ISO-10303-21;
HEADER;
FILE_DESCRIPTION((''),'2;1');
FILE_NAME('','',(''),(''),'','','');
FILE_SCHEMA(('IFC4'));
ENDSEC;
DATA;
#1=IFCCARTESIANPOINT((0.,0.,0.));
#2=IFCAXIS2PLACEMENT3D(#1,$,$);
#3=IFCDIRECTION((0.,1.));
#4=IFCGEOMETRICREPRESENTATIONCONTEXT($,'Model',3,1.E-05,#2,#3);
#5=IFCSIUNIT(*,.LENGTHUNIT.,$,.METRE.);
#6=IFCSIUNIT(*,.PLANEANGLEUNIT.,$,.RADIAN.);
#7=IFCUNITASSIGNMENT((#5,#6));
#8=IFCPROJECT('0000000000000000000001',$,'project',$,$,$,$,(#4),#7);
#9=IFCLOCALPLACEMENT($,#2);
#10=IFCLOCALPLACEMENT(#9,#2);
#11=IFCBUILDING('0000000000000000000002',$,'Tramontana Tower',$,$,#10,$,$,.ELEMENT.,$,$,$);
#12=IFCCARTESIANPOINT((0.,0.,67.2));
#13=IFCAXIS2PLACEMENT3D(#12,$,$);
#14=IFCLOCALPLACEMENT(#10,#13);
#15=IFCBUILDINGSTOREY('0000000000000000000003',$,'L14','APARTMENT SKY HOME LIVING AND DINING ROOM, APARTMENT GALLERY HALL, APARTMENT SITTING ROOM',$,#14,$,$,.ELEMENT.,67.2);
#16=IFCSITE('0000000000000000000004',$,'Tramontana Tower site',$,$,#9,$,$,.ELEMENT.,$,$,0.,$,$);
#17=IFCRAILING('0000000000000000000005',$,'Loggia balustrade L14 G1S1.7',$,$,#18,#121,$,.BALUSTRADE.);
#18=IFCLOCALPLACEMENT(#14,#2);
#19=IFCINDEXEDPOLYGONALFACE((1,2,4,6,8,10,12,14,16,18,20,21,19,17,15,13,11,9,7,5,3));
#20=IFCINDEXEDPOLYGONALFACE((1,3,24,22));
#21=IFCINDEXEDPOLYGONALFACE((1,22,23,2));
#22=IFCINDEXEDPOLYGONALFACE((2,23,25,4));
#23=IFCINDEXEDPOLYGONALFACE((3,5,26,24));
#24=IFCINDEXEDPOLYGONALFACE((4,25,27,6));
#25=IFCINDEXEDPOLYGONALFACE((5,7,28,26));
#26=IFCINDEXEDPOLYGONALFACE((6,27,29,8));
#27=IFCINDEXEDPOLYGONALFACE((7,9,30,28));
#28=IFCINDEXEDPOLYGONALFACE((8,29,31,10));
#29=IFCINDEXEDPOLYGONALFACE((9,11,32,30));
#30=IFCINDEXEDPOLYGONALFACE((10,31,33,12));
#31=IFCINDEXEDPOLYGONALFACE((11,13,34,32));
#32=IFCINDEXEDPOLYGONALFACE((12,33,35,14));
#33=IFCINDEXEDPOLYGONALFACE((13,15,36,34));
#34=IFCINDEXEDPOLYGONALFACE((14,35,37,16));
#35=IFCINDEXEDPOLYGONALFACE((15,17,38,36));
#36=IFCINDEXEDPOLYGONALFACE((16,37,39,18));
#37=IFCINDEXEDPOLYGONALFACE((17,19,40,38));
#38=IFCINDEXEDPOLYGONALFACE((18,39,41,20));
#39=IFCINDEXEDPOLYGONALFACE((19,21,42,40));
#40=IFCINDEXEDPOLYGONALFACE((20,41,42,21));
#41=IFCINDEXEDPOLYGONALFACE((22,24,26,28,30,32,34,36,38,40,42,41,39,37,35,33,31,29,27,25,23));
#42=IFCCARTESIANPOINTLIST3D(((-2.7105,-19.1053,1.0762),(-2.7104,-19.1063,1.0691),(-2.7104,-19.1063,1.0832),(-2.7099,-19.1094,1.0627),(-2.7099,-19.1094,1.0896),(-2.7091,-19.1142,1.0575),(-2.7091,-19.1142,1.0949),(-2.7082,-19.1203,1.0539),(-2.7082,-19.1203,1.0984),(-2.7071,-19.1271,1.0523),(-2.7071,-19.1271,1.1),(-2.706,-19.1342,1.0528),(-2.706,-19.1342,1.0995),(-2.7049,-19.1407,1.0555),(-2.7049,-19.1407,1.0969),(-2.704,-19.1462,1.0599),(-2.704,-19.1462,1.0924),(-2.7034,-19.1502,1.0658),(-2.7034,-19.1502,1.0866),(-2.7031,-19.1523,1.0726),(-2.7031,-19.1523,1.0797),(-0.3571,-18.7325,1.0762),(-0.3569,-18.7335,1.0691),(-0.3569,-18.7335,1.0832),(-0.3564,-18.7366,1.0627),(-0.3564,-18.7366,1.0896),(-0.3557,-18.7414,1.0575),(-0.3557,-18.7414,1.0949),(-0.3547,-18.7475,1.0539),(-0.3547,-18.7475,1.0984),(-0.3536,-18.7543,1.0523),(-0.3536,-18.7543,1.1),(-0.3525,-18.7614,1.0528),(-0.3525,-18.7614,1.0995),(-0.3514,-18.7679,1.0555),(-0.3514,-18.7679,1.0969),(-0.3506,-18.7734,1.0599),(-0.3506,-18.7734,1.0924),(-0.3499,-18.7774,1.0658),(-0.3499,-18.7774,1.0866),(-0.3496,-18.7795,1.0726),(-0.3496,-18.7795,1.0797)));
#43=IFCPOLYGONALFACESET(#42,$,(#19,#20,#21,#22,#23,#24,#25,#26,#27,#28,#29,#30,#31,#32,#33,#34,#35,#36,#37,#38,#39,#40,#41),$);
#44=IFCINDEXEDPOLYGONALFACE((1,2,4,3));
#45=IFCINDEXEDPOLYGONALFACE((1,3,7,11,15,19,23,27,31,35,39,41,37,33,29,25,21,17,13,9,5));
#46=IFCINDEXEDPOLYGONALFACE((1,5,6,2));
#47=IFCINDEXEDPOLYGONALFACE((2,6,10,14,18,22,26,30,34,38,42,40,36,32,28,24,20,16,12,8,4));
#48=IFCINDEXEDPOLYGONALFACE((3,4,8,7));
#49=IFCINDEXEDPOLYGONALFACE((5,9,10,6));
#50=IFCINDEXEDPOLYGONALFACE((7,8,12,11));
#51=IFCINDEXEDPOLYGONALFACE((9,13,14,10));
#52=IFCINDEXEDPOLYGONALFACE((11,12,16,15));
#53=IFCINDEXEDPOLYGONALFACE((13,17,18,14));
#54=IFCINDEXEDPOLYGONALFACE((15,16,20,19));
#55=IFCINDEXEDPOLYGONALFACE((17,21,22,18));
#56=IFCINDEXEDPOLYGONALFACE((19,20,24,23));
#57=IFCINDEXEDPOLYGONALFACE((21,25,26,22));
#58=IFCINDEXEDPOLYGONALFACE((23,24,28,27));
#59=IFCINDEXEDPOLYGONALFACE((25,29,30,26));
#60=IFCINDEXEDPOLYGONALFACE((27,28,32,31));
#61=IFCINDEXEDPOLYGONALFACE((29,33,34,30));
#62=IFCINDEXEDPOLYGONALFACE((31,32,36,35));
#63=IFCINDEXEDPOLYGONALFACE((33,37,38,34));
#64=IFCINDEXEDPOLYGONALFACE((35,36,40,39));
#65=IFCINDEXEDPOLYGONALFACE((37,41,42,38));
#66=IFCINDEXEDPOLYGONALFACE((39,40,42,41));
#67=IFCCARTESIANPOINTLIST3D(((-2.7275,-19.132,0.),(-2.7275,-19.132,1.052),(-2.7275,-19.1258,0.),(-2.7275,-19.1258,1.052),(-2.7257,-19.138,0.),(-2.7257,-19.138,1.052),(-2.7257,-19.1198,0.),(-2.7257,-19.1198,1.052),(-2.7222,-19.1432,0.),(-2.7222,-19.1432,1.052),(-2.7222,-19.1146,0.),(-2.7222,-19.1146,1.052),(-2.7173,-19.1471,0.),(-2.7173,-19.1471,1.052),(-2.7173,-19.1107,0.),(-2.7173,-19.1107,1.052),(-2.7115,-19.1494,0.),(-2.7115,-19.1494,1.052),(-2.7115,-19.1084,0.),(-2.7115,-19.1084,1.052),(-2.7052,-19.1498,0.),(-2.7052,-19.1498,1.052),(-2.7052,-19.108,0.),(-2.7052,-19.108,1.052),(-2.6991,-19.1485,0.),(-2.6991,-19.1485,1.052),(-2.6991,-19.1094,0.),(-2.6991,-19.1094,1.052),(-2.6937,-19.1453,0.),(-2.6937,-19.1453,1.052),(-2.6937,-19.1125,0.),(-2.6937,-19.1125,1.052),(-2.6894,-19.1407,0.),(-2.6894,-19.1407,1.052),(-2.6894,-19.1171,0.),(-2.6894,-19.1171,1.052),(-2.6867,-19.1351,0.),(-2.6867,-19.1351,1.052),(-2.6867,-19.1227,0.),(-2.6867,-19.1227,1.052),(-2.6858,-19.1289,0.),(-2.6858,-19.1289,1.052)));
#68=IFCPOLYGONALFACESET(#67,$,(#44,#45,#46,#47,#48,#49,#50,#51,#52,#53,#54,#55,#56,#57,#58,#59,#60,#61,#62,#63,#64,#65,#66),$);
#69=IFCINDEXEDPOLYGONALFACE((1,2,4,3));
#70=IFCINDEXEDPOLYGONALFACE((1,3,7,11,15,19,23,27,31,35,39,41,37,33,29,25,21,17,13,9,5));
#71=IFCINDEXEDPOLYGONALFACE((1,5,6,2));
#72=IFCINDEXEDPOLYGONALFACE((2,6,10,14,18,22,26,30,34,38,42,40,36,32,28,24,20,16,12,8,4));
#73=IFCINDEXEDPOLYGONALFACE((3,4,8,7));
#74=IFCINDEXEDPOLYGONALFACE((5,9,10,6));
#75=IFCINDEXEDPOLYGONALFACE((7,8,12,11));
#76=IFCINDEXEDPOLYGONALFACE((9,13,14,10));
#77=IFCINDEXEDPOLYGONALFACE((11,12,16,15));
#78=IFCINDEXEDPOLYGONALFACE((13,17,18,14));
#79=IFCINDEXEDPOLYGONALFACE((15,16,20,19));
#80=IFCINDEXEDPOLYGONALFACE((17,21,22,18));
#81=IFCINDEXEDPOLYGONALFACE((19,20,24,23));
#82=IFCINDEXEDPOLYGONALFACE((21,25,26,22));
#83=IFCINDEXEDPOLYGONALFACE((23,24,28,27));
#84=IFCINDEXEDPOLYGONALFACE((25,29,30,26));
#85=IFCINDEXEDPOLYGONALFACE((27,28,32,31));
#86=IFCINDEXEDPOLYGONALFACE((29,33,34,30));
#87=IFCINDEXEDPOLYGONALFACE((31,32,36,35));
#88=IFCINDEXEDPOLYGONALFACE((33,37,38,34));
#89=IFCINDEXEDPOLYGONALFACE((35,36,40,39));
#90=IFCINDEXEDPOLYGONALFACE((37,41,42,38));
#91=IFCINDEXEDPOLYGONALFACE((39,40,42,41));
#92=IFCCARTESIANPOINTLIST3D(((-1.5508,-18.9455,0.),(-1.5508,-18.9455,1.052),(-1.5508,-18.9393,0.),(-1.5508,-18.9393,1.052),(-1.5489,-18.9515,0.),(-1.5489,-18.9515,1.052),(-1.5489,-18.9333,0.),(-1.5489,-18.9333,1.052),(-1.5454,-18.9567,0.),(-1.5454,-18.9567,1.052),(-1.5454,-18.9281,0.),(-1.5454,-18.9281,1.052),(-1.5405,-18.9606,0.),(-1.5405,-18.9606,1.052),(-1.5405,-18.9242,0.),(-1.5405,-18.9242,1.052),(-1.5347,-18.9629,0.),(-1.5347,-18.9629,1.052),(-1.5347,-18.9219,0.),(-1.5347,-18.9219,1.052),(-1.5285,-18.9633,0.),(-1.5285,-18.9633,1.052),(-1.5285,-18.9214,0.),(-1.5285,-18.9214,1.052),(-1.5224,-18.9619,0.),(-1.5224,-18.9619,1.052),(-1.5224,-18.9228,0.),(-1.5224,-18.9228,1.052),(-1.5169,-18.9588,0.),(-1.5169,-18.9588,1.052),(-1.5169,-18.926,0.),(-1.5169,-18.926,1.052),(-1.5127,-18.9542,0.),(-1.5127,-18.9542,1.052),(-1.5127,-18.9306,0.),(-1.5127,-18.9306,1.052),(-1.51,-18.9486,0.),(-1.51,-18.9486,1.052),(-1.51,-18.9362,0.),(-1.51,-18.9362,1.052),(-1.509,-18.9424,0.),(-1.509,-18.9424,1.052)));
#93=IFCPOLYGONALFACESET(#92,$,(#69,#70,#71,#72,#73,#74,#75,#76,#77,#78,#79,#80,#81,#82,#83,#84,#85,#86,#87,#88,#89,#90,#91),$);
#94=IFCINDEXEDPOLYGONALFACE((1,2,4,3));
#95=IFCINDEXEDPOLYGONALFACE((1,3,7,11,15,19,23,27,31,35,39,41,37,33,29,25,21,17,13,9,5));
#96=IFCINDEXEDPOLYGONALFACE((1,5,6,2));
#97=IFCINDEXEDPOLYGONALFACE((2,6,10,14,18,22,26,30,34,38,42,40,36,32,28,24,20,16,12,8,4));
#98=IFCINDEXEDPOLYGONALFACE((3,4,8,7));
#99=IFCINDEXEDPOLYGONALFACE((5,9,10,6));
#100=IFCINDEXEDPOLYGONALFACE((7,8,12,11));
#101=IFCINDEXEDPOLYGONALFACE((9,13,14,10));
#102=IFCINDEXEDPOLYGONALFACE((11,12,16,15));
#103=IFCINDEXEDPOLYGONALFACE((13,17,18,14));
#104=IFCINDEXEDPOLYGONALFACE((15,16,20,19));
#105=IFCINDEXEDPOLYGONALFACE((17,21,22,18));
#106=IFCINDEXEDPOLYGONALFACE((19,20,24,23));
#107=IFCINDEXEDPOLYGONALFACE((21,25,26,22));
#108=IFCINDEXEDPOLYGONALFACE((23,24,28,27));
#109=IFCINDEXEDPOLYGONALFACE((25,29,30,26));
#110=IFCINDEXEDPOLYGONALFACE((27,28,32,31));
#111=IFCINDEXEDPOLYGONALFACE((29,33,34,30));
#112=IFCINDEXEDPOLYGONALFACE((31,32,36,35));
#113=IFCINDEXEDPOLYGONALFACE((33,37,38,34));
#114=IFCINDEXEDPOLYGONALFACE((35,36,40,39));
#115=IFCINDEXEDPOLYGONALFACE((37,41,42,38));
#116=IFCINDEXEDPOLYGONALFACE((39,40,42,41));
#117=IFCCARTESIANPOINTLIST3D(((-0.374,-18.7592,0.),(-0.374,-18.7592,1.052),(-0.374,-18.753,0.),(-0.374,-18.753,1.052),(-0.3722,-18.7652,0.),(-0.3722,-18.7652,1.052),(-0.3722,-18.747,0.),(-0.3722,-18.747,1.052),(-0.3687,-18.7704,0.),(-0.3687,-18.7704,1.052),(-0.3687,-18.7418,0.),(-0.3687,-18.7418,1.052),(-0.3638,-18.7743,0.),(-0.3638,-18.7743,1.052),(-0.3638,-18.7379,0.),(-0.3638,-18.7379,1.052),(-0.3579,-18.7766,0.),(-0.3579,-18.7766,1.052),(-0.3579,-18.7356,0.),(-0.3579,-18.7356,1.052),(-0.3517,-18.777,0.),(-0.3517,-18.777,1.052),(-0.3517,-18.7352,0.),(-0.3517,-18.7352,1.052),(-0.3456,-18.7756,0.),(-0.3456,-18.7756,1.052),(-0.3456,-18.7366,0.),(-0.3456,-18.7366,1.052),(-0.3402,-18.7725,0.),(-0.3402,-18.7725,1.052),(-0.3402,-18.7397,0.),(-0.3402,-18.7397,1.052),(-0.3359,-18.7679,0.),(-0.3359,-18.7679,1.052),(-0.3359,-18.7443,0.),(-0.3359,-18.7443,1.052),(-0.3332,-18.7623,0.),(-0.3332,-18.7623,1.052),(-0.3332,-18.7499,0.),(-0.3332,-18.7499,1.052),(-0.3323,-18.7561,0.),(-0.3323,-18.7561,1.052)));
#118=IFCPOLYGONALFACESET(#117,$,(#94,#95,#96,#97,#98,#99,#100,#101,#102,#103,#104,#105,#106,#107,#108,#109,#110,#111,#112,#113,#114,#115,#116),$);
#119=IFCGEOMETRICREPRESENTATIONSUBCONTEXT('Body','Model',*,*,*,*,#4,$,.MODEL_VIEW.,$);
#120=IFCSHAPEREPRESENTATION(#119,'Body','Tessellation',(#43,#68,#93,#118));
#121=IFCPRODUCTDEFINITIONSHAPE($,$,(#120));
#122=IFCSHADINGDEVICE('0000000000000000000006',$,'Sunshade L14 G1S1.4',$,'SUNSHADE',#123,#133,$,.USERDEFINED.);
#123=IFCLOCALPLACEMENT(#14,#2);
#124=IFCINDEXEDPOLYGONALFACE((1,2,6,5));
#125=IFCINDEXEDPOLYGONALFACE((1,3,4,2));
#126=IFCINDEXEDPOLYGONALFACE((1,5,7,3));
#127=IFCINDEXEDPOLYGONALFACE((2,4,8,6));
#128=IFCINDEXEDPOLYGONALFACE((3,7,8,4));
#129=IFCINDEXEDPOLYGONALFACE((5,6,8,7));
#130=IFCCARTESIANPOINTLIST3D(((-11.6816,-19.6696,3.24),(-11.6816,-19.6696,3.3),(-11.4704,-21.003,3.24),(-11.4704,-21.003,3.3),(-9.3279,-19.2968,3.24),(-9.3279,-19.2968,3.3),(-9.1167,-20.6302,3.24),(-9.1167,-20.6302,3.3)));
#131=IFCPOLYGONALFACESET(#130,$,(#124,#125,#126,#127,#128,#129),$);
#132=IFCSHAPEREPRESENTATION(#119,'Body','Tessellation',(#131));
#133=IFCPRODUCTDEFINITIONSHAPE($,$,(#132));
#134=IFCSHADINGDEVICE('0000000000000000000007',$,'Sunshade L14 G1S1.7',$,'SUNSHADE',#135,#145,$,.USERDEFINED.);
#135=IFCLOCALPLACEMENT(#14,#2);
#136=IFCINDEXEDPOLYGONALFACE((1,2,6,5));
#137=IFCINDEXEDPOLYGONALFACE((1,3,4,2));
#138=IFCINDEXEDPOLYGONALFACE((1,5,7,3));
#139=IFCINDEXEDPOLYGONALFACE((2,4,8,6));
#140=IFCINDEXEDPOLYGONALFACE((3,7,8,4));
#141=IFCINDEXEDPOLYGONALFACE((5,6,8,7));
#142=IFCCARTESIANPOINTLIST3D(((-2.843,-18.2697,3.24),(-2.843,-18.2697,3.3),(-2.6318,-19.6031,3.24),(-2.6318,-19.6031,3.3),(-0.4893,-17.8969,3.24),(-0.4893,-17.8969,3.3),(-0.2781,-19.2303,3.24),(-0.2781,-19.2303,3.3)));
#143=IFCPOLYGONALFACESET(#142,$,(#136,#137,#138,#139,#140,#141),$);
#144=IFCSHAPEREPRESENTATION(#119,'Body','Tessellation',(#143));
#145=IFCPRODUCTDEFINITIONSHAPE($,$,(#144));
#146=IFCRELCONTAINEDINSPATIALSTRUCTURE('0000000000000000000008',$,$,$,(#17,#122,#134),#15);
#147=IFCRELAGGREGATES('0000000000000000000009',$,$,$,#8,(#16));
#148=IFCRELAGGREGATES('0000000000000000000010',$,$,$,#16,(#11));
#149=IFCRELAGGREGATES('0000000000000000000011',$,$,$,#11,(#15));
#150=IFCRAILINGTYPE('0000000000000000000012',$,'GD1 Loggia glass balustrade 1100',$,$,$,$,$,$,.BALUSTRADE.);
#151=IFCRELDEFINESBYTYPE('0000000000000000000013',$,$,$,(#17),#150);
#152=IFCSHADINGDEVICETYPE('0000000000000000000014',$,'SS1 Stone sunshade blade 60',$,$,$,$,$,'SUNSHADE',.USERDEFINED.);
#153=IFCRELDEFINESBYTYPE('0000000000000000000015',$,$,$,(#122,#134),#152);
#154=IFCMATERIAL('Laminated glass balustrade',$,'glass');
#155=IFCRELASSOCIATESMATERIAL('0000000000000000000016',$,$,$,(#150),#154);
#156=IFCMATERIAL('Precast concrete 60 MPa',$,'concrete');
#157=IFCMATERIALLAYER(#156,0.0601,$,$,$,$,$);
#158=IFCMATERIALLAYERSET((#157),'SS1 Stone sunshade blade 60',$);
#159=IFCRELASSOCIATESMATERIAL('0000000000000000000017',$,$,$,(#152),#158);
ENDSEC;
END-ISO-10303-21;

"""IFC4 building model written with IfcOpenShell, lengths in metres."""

from ifc_helpers import new_model, si_unit, direction, frame, origin, origin_2d, place, context, subcontext, project, spatial, rectangle, circle, extrude, material, layer, layer_set, type_object, element, save


model = new_model("IFC4")

# Units and contexts
model_context = context("Model", 3, precision=1e-05, world=origin(), true_north=direction((0.0, 1.0)))
body_context = subcontext(model_context, "Body", "Model", "MODEL_VIEW")
ifc_project = project(units=[si_unit("LENGTHUNIT", "METRE"), si_unit("PLANEANGLEUNIT", "RADIAN")], contexts=[model_context])

# Site, building, storey
site_placement = place(None, origin())
site = spatial("IfcSite", under=ifc_project, at=site_placement, Name="Tramontana Tower site", CompositionType="ELEMENT", RefElevation=0.0)
building_placement = place(site_placement, origin())
building = spatial("IfcBuilding", under=site, at=building_placement, Name="Tramontana Tower", CompositionType="ELEMENT")
storey_placement = place(building_placement, frame((0.0, 0.0, 67.2)))
storey = spatial("IfcBuildingStorey", under=building, at=storey_placement, Name="L14", Description="APARTMENT SKY HOME LIVING AND DINING ROOM, APARTMENT GALLERY HALL, APARTMENT SITTING ROOM", CompositionType="ELEMENT", Elevation=67.2)

# Railing
ifc_material_1 = material(Name="Laminated glass balustrade", Category="glass")
railing_type = type_object("IfcRailingType", Name="GD1 Loggia glass balustrade 1100", PredefinedType="BALUSTRADE", material=ifc_material_1)
railing_1_placement = place(storey_placement, frame((-2.7068, -19.1289, 0.0)))
element("IfcRailing", 1, at=railing_1_placement, inside=storey, type_object=railing_type, Name="Loggia balustrade L14 G1S1.7", PredefinedType="BALUSTRADE", context=body_context, shape_type="SweptSolid", body=[
    extrude(circle(Radius=0.0239, at=origin_2d()), frame((0.0, 0.0, 1.0762), z_axis=(0.987686, 0.156452, 0.0), x_axis=(-0.156452, 0.987686, 0.0)), (0.0, 0.0, 1.0), 2.3828),
    extrude(circle(Radius=0.021, at=origin_2d()), origin(), (0.0, 0.0, 1.0), 1.052),
    extrude(circle(Radius=0.021, at=origin_2d()), frame((1.1768, 0.1865, 0.0)), (0.0, 0.0, 1.0), 1.052),
    extrude(circle(Radius=0.021, at=origin_2d()), frame((2.3535, 0.3728, 0.0)), (0.0, 0.0, 1.0), 1.052),
])

# Shading devices
ifc_material_2 = material(Name="Precast concrete 60 MPa", Category="concrete")
ifc_layer_1 = layer(ifc_material_2, 0.0601)
ifc_layer_set_1 = layer_set([ifc_layer_1], Name="SS1 Stone sunshade blade 60")
shading_device_type = type_object("IfcShadingDeviceType", Name="SS1 Stone sunshade blade 60", ElementType="SUNSHADE", PredefinedType="USERDEFINED", material=ifc_layer_set_1)
for number, where, z_axis, x_axis, name in (
    (2, (-10.3992, -20.1499, 3.24), (0.0, 0.0, 1.0), (0.987688, 0.156434, 0.0), "Sunshade L14 G1S1.4"),
    (3, (-1.5605, -18.75, 3.24), (0.0, 0.0, 1.0), (0.987688, 0.156434, 0.0), "Sunshade L14 G1S1.7"),
):
    element("IfcShadingDevice", number, at=place(storey_placement, frame(where, z_axis=z_axis, x_axis=x_axis)), inside=storey, type_object=shading_device_type, Name=name, ObjectType="SUNSHADE", PredefinedType="USERDEFINED", context=body_context, shape_type="SweptSolid", body=[
        extrude(rectangle(XDim=2.3831, YDim=1.3501, at=origin_2d()), origin(), (0.0, 0.0, 1.0), 0.0601),
    ])

save(model, "model.ifc")
